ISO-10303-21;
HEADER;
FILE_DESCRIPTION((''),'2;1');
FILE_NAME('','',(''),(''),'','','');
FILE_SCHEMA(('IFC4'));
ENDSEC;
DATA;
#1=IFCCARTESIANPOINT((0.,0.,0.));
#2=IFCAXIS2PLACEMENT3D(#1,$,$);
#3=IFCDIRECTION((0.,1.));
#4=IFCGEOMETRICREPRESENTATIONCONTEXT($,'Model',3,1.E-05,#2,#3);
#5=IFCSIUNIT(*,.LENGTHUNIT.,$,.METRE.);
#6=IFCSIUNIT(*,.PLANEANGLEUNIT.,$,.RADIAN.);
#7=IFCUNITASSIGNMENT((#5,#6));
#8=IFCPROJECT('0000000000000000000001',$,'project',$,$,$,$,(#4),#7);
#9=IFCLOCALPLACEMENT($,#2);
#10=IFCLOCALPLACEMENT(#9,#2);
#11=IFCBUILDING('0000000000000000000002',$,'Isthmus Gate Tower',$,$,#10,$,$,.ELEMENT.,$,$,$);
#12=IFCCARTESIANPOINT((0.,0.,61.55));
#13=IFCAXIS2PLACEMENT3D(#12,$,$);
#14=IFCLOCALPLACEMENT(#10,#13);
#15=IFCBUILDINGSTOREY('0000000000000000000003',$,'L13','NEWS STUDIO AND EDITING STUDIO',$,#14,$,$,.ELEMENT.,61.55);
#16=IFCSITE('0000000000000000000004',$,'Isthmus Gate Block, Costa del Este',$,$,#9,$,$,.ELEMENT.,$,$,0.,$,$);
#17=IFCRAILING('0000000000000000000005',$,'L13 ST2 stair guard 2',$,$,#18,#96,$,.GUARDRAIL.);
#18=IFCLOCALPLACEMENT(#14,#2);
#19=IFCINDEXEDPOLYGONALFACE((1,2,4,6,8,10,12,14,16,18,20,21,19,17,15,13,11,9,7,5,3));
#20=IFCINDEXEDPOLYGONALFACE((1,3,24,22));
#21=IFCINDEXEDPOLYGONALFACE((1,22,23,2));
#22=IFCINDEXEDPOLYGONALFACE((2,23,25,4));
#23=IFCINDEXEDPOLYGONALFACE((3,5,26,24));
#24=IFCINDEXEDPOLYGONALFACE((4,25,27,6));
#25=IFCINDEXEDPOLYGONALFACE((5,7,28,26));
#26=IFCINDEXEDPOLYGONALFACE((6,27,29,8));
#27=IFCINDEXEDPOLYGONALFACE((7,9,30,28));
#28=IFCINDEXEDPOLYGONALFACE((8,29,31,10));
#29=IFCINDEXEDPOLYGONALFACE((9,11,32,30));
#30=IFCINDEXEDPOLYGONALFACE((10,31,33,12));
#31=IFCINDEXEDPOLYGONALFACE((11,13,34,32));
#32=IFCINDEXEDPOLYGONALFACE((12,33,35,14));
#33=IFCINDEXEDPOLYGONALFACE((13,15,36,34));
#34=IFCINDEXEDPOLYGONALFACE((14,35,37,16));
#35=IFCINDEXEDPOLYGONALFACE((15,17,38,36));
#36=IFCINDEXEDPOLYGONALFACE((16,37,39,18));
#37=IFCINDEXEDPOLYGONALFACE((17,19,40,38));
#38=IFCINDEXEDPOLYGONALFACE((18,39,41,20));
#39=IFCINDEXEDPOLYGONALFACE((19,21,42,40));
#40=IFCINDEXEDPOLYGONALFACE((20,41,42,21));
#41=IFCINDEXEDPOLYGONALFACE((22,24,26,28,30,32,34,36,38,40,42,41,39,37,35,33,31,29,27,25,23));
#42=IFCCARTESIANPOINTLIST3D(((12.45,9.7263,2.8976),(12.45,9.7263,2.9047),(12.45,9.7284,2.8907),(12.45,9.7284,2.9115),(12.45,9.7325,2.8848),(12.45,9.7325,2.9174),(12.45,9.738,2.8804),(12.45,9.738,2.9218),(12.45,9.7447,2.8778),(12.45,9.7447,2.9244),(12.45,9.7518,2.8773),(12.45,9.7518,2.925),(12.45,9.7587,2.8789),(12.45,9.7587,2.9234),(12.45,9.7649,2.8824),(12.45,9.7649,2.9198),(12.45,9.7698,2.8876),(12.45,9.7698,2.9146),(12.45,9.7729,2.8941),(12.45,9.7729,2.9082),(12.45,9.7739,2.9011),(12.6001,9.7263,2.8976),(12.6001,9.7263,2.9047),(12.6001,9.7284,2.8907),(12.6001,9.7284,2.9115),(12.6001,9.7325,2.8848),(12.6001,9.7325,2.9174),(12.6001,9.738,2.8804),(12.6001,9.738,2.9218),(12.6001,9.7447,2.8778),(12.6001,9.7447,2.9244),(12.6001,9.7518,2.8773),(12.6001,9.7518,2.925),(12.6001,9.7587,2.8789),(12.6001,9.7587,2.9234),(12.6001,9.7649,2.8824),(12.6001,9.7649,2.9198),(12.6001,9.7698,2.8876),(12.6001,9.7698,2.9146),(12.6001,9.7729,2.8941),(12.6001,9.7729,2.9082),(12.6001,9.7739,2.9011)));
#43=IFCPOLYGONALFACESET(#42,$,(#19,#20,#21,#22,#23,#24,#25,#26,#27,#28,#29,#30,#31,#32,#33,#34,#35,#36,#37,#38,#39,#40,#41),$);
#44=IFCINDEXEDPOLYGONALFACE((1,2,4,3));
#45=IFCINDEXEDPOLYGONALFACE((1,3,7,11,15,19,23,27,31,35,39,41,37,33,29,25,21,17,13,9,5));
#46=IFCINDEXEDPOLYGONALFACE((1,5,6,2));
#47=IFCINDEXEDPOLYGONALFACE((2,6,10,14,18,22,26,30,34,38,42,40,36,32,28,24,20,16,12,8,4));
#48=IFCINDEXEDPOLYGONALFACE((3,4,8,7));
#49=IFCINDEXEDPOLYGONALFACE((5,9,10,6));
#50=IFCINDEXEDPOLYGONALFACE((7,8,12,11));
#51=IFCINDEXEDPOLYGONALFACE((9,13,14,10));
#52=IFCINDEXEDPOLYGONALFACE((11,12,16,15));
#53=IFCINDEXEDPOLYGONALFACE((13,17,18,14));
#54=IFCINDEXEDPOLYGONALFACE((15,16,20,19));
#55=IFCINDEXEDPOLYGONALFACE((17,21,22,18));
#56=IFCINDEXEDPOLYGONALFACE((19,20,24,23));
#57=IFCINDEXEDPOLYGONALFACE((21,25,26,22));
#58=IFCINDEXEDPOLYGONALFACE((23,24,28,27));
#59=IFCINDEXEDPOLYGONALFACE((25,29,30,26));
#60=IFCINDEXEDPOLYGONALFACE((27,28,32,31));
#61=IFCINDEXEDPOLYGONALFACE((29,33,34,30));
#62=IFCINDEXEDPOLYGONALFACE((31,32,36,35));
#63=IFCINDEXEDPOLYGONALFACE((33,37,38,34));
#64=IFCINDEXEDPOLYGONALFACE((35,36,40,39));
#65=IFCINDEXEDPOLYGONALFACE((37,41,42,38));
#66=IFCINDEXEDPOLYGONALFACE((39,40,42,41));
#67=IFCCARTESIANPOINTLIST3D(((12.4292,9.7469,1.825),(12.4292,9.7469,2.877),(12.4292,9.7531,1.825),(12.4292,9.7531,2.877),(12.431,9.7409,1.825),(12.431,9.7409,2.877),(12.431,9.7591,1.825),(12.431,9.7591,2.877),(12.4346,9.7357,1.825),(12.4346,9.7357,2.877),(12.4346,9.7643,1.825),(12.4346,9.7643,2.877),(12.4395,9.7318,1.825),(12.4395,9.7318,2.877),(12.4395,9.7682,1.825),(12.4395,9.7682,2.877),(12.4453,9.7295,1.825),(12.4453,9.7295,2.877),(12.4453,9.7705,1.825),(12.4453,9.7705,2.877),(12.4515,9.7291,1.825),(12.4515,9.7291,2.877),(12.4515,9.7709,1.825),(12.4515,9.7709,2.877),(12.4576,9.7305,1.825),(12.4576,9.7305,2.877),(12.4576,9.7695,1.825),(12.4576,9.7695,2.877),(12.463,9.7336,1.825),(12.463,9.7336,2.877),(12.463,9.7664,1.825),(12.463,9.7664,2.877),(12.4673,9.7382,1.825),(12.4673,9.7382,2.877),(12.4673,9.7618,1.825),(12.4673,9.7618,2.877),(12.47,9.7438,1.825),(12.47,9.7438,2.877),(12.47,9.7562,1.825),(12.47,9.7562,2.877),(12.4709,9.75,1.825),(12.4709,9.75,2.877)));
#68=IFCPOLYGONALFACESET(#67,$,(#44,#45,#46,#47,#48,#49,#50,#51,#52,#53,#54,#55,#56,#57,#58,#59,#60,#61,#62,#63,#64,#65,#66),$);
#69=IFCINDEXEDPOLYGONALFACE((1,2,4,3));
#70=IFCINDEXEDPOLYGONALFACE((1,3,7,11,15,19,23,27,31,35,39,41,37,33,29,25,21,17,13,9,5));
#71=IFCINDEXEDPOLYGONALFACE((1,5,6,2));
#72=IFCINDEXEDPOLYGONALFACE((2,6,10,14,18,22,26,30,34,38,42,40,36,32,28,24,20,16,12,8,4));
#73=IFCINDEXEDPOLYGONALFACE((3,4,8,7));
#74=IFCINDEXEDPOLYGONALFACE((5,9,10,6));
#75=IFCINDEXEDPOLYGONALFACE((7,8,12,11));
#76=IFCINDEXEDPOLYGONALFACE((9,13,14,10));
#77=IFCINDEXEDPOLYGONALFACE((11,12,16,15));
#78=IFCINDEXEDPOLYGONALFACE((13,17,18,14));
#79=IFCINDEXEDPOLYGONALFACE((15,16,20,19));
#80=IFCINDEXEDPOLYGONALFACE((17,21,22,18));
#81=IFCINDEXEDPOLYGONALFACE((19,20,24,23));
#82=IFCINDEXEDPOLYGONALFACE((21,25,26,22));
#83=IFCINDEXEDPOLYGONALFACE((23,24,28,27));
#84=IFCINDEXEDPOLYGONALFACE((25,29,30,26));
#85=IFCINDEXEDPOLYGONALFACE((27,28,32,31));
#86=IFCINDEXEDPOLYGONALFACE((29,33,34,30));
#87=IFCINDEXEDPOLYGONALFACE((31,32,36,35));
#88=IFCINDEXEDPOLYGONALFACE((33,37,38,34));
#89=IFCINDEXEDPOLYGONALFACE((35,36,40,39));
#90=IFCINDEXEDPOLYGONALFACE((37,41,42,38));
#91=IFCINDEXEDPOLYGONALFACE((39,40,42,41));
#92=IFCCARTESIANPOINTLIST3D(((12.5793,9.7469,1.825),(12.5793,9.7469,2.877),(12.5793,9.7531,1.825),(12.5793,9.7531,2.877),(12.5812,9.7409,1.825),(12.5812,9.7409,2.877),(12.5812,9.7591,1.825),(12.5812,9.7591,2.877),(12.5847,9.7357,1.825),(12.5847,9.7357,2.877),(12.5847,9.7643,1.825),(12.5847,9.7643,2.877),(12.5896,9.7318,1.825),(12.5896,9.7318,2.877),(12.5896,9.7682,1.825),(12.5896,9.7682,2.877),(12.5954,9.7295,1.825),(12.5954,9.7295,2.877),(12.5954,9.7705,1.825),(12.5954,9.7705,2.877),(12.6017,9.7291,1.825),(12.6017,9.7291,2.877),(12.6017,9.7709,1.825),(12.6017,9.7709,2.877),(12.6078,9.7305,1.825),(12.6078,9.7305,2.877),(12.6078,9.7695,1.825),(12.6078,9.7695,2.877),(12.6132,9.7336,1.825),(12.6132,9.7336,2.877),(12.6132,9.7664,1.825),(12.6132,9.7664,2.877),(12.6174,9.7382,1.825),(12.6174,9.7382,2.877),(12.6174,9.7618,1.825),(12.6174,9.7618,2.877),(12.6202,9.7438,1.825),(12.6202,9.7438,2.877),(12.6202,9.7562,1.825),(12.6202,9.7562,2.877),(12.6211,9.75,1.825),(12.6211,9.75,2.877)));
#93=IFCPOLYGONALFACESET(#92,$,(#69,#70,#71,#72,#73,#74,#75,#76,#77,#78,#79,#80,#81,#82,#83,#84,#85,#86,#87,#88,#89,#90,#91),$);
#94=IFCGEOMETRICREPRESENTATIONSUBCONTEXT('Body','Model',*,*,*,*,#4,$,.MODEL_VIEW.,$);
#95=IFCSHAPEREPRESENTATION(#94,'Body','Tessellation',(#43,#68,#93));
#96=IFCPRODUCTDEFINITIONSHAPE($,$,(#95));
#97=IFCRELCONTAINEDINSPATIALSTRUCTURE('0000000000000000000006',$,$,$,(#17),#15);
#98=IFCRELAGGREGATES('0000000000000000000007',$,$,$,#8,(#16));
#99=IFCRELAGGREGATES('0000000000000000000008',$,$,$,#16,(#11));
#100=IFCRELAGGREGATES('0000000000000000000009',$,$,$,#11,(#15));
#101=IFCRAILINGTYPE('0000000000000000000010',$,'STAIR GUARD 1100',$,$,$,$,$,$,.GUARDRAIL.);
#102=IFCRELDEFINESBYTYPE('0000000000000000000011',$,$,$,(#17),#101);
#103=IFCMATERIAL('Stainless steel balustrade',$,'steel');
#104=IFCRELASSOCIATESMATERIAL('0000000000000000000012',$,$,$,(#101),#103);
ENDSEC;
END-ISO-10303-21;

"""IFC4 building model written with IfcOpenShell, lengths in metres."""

from ifc_helpers import new_model, si_unit, direction, frame, origin, origin_2d, place, context, subcontext, project, spatial, circle, extrude, material, type_object, element, save


model = new_model("IFC4")

# Units and contexts
model_context = context("Model", 3, precision=1e-05, world=origin(), true_north=direction((0.0, 1.0)))
body_context = subcontext(model_context, "Body", "Model", "MODEL_VIEW")
ifc_project = project(units=[si_unit("LENGTHUNIT", "METRE"), si_unit("PLANEANGLEUNIT", "RADIAN")], contexts=[model_context])

# Site, building, storey
site_placement = place(None, origin())
site = spatial("IfcSite", under=ifc_project, at=site_placement, Name="Isthmus Gate Block, Costa del Este", CompositionType="ELEMENT", RefElevation=0.0)
building_placement = place(site_placement, origin())
building = spatial("IfcBuilding", under=site, at=building_placement, Name="Isthmus Gate Tower", CompositionType="ELEMENT")
storey_placement = place(building_placement, frame((0.0, 0.0, 61.55)))
storey = spatial("IfcBuildingStorey", under=building, at=storey_placement, Name="L13", Description="NEWS STUDIO AND EDITING STUDIO", CompositionType="ELEMENT", Elevation=61.55)

# Railing
ifc_material_1 = material(Name="Stainless steel balustrade", Category="steel")
railing_type_1 = type_object("IfcRailingType", Name="STAIR GUARD 1100", PredefinedType="GUARDRAIL", material=ifc_material_1)
railing_1_placement = place(storey_placement, frame((12.45, 9.75, 1.825)))
element("IfcRailing", 1, at=railing_1_placement, inside=storey, type_object=railing_type_1, Name="L13 ST2 stair guard 2", PredefinedType="GUARDRAIL", context=body_context, shape_type="SweptSolid", body=[
    extrude(circle(Radius=0.0239, at=origin_2d()), frame((0.0, 0.0, 1.0762), z_axis=(1.0, 0.0, 0.0), x_axis=(0.0, 1.0, 0.0)), (0.0, 0.0, 1.0), 0.1501),
    extrude(circle(Radius=0.021, at=origin_2d()), origin(), (0.0, 0.0, 1.0), 1.052),
    extrude(circle(Radius=0.021, at=origin_2d()), frame((0.1501, 0.0, 0.0)), (0.0, 0.0, 1.0), 1.052),
])

save(model, "model.ifc")
